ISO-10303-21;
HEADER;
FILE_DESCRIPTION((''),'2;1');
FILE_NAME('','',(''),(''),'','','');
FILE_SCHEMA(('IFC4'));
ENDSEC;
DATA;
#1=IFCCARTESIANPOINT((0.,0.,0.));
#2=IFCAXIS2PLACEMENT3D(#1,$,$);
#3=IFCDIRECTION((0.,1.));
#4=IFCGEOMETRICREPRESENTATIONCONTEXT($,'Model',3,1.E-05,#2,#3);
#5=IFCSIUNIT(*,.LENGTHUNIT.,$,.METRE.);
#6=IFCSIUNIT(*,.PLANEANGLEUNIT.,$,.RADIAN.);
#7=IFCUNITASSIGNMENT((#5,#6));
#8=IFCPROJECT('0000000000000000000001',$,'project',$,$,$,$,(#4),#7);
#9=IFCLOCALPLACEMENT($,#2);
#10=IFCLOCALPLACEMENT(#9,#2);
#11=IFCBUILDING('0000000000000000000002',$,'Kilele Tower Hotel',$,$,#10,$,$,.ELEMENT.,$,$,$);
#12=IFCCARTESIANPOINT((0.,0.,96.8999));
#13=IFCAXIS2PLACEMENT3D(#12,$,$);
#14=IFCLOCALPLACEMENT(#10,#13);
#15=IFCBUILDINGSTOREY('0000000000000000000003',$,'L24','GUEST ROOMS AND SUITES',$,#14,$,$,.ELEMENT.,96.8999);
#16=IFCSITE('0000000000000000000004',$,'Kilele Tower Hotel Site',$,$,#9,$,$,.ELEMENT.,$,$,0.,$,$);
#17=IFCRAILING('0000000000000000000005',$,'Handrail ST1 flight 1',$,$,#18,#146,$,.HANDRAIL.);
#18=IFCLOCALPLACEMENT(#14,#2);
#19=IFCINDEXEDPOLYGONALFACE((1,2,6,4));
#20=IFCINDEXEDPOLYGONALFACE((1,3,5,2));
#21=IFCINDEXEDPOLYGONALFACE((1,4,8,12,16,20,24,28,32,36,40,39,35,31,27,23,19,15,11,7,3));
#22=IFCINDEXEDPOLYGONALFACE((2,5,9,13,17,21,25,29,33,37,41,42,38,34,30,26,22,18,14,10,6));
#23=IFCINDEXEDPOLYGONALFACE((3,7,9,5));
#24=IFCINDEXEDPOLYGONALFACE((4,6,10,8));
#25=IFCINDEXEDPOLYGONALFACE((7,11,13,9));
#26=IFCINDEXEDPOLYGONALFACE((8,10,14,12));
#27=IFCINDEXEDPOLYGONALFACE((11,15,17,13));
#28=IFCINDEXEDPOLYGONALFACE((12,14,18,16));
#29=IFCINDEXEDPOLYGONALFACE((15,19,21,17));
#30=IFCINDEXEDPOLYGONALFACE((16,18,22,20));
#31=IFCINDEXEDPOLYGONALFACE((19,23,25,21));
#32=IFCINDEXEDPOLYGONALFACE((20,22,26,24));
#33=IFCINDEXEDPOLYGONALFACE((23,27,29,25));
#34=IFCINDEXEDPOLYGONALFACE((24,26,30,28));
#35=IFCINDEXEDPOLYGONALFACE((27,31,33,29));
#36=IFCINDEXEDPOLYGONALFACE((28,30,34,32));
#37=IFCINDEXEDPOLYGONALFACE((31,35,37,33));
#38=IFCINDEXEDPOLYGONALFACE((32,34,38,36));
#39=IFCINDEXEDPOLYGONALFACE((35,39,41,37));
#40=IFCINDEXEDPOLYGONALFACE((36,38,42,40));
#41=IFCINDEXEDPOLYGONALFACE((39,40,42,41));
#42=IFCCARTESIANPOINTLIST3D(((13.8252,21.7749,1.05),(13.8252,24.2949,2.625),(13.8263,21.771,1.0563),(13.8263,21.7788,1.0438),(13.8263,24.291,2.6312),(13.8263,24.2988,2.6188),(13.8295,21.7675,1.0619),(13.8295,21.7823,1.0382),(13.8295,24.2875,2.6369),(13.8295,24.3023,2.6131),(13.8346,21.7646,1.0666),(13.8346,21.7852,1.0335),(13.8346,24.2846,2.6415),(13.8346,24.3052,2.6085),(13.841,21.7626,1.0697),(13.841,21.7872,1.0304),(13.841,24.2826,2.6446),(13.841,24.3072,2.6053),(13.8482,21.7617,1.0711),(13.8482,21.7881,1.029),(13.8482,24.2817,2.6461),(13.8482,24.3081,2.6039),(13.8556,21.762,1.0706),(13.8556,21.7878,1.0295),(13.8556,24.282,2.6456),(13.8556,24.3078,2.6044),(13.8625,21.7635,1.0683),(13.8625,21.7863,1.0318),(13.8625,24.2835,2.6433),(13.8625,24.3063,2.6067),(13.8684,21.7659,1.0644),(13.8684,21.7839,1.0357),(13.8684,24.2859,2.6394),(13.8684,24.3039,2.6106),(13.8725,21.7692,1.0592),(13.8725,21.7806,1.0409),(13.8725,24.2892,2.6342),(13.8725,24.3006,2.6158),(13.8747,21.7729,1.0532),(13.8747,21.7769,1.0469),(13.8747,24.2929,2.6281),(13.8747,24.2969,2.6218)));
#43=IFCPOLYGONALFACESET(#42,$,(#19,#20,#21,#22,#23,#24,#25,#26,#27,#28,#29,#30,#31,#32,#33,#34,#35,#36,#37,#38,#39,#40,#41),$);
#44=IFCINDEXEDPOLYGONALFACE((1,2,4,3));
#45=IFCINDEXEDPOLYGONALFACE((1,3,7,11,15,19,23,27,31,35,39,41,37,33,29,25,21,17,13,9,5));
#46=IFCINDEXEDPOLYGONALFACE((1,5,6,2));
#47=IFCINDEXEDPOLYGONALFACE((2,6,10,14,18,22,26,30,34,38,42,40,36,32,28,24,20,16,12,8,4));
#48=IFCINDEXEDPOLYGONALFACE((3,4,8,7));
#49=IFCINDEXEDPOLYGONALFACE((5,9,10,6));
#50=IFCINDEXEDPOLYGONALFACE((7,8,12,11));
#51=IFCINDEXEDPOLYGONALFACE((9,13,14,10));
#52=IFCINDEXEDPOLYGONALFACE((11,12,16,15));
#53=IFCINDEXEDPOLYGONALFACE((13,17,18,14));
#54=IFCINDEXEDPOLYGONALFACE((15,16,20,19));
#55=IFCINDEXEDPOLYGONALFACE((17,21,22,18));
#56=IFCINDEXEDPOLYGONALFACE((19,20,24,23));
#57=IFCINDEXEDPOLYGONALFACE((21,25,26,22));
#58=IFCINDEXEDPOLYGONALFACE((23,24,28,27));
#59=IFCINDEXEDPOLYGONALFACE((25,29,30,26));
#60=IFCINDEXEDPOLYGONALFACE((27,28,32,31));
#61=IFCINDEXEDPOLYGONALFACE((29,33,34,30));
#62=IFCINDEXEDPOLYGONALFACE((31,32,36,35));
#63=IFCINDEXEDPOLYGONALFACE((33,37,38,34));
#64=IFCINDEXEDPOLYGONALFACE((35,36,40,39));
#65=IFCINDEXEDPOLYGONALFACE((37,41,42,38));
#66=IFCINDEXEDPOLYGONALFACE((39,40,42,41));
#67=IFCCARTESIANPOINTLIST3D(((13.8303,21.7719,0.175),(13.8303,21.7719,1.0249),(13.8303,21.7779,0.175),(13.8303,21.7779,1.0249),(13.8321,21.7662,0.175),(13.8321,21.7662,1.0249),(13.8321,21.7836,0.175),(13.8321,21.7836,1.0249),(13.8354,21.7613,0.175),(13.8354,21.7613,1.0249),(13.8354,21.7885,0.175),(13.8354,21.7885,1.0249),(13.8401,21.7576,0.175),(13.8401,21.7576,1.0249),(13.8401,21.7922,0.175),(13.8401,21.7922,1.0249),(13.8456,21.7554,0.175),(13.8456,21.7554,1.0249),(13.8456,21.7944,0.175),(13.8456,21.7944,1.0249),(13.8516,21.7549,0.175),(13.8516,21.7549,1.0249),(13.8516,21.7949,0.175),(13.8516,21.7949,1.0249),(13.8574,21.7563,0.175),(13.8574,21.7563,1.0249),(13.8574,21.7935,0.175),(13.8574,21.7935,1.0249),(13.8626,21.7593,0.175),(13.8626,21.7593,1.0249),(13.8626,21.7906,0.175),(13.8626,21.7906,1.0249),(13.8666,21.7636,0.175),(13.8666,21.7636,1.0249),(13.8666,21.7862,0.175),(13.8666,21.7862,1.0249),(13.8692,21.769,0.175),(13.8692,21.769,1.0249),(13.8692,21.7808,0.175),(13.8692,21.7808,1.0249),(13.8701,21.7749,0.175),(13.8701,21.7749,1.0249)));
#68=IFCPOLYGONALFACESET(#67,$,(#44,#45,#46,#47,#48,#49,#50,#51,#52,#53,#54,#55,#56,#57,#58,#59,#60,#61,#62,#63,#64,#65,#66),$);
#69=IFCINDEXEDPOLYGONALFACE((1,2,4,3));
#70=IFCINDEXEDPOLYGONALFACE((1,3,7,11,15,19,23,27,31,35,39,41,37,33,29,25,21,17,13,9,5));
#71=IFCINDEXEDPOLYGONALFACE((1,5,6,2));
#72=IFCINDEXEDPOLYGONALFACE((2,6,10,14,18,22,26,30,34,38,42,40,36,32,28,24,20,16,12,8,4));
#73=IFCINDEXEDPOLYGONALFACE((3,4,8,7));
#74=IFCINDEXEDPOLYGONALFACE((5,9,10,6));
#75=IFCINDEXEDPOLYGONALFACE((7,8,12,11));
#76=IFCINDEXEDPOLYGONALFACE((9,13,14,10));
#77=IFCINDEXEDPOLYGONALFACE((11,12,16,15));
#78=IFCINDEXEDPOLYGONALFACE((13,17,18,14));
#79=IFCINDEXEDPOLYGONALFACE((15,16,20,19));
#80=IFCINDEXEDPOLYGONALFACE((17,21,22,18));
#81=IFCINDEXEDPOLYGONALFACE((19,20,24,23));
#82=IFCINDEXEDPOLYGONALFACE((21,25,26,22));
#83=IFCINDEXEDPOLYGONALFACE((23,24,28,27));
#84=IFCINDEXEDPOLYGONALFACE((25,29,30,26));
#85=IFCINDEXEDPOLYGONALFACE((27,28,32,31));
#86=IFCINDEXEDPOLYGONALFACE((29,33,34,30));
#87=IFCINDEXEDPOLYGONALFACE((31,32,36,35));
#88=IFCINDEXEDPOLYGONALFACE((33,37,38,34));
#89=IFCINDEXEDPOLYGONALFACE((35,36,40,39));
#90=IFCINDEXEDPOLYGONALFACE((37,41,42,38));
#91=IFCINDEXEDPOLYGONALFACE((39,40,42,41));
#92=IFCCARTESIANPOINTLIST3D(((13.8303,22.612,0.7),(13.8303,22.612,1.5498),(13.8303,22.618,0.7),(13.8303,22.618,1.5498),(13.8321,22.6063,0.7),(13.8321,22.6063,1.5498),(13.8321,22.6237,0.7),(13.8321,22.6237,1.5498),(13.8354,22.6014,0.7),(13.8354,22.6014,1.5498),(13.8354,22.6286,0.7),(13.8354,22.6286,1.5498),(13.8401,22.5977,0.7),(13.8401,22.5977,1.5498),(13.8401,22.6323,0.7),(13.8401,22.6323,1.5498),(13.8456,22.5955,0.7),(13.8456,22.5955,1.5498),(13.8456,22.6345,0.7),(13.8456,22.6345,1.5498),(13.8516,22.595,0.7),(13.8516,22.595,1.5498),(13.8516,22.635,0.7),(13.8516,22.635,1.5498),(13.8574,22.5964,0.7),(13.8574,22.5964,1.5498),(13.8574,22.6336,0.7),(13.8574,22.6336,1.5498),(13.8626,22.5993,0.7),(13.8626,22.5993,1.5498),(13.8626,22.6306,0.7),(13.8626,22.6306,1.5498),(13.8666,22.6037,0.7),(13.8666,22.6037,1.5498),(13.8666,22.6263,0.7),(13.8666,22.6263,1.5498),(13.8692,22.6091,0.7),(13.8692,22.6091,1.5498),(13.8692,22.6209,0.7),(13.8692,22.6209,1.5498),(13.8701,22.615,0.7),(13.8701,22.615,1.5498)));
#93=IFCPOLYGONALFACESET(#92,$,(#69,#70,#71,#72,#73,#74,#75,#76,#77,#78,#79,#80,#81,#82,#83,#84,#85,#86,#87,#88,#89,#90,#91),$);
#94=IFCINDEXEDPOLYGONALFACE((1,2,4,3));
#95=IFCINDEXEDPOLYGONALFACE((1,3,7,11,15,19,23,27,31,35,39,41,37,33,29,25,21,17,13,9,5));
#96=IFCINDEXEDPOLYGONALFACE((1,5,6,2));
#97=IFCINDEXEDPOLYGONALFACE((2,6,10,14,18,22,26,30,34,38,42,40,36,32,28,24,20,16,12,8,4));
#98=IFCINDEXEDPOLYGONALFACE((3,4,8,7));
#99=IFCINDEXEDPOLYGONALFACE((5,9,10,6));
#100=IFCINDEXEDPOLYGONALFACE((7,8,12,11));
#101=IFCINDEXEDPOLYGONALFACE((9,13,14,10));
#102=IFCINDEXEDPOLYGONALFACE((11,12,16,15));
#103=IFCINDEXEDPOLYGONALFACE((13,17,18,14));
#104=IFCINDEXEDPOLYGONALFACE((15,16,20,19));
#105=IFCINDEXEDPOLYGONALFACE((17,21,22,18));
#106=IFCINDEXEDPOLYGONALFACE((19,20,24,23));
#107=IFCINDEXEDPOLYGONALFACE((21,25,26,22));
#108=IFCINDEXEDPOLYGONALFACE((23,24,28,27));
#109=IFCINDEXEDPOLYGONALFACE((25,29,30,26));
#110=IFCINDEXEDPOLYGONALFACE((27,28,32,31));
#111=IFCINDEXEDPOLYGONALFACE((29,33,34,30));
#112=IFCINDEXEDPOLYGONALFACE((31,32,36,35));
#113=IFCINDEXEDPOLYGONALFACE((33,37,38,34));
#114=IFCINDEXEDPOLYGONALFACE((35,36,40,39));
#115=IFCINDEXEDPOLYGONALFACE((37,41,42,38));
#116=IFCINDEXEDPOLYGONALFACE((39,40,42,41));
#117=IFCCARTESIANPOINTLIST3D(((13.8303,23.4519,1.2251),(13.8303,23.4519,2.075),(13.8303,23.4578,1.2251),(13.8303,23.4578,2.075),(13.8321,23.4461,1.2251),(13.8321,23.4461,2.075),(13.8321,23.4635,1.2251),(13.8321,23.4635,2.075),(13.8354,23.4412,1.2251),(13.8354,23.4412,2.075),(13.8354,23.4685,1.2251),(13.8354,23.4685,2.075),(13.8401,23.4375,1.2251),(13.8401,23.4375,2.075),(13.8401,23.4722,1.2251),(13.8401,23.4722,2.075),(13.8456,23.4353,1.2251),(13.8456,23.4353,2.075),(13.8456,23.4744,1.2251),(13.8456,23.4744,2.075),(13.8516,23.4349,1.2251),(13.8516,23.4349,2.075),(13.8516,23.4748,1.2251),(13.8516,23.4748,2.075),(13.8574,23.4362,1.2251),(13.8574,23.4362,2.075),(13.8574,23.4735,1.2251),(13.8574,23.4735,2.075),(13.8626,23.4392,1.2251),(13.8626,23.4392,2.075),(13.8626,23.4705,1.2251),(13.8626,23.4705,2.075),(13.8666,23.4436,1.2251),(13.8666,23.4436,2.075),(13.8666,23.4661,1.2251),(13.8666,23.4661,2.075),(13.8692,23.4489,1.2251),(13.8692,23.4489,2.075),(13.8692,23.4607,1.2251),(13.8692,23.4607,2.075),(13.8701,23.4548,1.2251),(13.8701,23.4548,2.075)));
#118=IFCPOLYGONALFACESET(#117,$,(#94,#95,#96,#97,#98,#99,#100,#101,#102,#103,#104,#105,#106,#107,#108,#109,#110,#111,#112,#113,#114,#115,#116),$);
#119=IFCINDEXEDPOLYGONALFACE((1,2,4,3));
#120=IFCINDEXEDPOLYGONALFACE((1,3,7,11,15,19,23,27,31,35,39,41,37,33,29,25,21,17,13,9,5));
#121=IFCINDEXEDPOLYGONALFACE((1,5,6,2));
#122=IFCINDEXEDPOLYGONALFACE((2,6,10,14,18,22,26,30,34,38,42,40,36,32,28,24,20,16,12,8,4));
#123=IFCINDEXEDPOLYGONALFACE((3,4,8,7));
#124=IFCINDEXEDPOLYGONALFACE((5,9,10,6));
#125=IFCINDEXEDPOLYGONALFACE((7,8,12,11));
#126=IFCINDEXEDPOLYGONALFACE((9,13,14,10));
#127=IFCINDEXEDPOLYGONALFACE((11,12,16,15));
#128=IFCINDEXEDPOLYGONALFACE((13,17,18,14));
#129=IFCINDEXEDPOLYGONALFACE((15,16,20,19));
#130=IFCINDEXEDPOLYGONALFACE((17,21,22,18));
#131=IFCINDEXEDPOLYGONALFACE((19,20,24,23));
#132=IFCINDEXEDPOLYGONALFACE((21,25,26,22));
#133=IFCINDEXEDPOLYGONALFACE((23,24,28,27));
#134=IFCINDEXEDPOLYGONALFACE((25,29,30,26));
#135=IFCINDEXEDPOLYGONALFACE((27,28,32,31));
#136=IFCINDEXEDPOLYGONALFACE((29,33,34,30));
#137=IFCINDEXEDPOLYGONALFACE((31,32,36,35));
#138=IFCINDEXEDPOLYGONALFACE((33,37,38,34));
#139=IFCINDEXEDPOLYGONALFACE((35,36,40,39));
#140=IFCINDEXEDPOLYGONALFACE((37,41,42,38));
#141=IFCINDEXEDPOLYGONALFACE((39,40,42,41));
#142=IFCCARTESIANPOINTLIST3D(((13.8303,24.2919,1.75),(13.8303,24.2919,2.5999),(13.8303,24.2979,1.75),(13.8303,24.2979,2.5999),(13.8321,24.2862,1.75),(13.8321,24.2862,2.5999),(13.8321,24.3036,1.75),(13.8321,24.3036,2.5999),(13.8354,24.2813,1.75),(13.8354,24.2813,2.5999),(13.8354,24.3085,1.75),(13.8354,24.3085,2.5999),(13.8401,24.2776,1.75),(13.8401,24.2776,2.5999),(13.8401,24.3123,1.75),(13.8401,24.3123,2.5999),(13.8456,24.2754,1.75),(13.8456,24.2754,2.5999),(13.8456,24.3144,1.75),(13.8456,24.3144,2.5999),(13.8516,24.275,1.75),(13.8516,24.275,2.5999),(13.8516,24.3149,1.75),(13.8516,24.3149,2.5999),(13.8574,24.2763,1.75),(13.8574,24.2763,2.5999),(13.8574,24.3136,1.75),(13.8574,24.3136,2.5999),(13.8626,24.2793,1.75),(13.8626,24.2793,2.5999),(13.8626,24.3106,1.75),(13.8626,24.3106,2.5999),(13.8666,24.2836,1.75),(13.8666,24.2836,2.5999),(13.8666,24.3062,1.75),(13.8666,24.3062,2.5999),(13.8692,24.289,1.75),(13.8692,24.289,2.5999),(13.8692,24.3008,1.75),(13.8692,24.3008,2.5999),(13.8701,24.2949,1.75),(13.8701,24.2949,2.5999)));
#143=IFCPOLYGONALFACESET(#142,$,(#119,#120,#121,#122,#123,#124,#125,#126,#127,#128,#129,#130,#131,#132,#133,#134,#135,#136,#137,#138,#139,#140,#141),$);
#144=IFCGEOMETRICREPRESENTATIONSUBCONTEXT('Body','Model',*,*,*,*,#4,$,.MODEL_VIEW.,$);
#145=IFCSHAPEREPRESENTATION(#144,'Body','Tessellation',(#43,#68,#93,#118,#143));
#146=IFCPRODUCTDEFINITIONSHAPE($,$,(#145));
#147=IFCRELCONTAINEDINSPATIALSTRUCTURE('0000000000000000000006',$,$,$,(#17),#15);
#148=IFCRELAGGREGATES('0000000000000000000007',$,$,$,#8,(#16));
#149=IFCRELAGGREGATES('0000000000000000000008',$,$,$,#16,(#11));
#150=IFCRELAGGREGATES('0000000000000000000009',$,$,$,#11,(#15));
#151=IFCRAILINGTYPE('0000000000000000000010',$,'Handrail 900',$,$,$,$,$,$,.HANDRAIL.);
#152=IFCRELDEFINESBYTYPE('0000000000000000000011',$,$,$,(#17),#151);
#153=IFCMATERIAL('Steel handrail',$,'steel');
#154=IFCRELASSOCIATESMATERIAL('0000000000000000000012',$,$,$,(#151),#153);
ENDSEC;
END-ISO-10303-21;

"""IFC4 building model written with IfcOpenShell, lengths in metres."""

from ifc_helpers import new_model, si_unit, direction, frame, origin, origin_2d, place, context, subcontext, project, spatial, circle, extrude, material, type_object, element, save


model = new_model("IFC4")

# Units and contexts
model_context = context("Model", 3, precision=1e-05, world=origin(), true_north=direction((0.0, 1.0)))
body_context = subcontext(model_context, "Body", "Model", "MODEL_VIEW")
ifc_project = project(units=[si_unit("LENGTHUNIT", "METRE"), si_unit("PLANEANGLEUNIT", "RADIAN")], contexts=[model_context])

# Site, building, storey
site_placement = place(None, origin())
site = spatial("IfcSite", under=ifc_project, at=site_placement, Name="Kilele Tower Hotel Site", CompositionType="ELEMENT", RefElevation=0.0)
building_placement = place(site_placement, origin())
building = spatial("IfcBuilding", under=site, at=building_placement, Name="Kilele Tower Hotel", CompositionType="ELEMENT")
storey_placement = place(building_placement, frame((0.0, 0.0, 96.8999)))
storey = spatial("IfcBuildingStorey", under=building, at=storey_placement, Name="L24", Description="GUEST ROOMS AND SUITES", CompositionType="ELEMENT", Elevation=96.8999)

# Railing
ifc_material_1 = material(Name="Steel handrail", Category="steel")
railing_type_1 = type_object("IfcRailingType", Name="Handrail 900", PredefinedType="HANDRAIL", material=ifc_material_1)
for number, where, name in (
    (1, (13.8501, 21.7749, 0.175), "Handrail ST1 flight 1"),
):
    element("IfcRailing", number, at=place(storey_placement, frame(where)), inside=storey, type_object=railing_type_1, Name=name, PredefinedType="HANDRAIL", context=body_context, shape_type="SweptSolid", body=[
        extrude(circle(Radius=0.0249, at=origin_2d()), frame((0.0, 0.0, 0.875), z_axis=(0.0, 0.848008, 0.529984), x_axis=(-1.0, 0.0, 0.0)), (0.0, 0.0, 1.0), 2.9717),
        extrude(circle(Radius=0.02, at=origin_2d()), origin(), (0.0, 0.0, 1.0), 0.8499),
        extrude(circle(Radius=0.02, at=origin_2d()), frame((0.0, 0.8401, 0.5249)), (0.0, 0.0, 1.0), 0.8499),
        extrude(circle(Radius=0.02, at=origin_2d()), frame((0.0, 1.6799, 1.05)), (0.0, 0.0, 1.0), 0.8499),
        extrude(circle(Radius=0.02, at=origin_2d()), frame((0.0, 2.52, 1.575)), (0.0, 0.0, 1.0), 0.8499),
    ])

save(model, "model.ifc")
